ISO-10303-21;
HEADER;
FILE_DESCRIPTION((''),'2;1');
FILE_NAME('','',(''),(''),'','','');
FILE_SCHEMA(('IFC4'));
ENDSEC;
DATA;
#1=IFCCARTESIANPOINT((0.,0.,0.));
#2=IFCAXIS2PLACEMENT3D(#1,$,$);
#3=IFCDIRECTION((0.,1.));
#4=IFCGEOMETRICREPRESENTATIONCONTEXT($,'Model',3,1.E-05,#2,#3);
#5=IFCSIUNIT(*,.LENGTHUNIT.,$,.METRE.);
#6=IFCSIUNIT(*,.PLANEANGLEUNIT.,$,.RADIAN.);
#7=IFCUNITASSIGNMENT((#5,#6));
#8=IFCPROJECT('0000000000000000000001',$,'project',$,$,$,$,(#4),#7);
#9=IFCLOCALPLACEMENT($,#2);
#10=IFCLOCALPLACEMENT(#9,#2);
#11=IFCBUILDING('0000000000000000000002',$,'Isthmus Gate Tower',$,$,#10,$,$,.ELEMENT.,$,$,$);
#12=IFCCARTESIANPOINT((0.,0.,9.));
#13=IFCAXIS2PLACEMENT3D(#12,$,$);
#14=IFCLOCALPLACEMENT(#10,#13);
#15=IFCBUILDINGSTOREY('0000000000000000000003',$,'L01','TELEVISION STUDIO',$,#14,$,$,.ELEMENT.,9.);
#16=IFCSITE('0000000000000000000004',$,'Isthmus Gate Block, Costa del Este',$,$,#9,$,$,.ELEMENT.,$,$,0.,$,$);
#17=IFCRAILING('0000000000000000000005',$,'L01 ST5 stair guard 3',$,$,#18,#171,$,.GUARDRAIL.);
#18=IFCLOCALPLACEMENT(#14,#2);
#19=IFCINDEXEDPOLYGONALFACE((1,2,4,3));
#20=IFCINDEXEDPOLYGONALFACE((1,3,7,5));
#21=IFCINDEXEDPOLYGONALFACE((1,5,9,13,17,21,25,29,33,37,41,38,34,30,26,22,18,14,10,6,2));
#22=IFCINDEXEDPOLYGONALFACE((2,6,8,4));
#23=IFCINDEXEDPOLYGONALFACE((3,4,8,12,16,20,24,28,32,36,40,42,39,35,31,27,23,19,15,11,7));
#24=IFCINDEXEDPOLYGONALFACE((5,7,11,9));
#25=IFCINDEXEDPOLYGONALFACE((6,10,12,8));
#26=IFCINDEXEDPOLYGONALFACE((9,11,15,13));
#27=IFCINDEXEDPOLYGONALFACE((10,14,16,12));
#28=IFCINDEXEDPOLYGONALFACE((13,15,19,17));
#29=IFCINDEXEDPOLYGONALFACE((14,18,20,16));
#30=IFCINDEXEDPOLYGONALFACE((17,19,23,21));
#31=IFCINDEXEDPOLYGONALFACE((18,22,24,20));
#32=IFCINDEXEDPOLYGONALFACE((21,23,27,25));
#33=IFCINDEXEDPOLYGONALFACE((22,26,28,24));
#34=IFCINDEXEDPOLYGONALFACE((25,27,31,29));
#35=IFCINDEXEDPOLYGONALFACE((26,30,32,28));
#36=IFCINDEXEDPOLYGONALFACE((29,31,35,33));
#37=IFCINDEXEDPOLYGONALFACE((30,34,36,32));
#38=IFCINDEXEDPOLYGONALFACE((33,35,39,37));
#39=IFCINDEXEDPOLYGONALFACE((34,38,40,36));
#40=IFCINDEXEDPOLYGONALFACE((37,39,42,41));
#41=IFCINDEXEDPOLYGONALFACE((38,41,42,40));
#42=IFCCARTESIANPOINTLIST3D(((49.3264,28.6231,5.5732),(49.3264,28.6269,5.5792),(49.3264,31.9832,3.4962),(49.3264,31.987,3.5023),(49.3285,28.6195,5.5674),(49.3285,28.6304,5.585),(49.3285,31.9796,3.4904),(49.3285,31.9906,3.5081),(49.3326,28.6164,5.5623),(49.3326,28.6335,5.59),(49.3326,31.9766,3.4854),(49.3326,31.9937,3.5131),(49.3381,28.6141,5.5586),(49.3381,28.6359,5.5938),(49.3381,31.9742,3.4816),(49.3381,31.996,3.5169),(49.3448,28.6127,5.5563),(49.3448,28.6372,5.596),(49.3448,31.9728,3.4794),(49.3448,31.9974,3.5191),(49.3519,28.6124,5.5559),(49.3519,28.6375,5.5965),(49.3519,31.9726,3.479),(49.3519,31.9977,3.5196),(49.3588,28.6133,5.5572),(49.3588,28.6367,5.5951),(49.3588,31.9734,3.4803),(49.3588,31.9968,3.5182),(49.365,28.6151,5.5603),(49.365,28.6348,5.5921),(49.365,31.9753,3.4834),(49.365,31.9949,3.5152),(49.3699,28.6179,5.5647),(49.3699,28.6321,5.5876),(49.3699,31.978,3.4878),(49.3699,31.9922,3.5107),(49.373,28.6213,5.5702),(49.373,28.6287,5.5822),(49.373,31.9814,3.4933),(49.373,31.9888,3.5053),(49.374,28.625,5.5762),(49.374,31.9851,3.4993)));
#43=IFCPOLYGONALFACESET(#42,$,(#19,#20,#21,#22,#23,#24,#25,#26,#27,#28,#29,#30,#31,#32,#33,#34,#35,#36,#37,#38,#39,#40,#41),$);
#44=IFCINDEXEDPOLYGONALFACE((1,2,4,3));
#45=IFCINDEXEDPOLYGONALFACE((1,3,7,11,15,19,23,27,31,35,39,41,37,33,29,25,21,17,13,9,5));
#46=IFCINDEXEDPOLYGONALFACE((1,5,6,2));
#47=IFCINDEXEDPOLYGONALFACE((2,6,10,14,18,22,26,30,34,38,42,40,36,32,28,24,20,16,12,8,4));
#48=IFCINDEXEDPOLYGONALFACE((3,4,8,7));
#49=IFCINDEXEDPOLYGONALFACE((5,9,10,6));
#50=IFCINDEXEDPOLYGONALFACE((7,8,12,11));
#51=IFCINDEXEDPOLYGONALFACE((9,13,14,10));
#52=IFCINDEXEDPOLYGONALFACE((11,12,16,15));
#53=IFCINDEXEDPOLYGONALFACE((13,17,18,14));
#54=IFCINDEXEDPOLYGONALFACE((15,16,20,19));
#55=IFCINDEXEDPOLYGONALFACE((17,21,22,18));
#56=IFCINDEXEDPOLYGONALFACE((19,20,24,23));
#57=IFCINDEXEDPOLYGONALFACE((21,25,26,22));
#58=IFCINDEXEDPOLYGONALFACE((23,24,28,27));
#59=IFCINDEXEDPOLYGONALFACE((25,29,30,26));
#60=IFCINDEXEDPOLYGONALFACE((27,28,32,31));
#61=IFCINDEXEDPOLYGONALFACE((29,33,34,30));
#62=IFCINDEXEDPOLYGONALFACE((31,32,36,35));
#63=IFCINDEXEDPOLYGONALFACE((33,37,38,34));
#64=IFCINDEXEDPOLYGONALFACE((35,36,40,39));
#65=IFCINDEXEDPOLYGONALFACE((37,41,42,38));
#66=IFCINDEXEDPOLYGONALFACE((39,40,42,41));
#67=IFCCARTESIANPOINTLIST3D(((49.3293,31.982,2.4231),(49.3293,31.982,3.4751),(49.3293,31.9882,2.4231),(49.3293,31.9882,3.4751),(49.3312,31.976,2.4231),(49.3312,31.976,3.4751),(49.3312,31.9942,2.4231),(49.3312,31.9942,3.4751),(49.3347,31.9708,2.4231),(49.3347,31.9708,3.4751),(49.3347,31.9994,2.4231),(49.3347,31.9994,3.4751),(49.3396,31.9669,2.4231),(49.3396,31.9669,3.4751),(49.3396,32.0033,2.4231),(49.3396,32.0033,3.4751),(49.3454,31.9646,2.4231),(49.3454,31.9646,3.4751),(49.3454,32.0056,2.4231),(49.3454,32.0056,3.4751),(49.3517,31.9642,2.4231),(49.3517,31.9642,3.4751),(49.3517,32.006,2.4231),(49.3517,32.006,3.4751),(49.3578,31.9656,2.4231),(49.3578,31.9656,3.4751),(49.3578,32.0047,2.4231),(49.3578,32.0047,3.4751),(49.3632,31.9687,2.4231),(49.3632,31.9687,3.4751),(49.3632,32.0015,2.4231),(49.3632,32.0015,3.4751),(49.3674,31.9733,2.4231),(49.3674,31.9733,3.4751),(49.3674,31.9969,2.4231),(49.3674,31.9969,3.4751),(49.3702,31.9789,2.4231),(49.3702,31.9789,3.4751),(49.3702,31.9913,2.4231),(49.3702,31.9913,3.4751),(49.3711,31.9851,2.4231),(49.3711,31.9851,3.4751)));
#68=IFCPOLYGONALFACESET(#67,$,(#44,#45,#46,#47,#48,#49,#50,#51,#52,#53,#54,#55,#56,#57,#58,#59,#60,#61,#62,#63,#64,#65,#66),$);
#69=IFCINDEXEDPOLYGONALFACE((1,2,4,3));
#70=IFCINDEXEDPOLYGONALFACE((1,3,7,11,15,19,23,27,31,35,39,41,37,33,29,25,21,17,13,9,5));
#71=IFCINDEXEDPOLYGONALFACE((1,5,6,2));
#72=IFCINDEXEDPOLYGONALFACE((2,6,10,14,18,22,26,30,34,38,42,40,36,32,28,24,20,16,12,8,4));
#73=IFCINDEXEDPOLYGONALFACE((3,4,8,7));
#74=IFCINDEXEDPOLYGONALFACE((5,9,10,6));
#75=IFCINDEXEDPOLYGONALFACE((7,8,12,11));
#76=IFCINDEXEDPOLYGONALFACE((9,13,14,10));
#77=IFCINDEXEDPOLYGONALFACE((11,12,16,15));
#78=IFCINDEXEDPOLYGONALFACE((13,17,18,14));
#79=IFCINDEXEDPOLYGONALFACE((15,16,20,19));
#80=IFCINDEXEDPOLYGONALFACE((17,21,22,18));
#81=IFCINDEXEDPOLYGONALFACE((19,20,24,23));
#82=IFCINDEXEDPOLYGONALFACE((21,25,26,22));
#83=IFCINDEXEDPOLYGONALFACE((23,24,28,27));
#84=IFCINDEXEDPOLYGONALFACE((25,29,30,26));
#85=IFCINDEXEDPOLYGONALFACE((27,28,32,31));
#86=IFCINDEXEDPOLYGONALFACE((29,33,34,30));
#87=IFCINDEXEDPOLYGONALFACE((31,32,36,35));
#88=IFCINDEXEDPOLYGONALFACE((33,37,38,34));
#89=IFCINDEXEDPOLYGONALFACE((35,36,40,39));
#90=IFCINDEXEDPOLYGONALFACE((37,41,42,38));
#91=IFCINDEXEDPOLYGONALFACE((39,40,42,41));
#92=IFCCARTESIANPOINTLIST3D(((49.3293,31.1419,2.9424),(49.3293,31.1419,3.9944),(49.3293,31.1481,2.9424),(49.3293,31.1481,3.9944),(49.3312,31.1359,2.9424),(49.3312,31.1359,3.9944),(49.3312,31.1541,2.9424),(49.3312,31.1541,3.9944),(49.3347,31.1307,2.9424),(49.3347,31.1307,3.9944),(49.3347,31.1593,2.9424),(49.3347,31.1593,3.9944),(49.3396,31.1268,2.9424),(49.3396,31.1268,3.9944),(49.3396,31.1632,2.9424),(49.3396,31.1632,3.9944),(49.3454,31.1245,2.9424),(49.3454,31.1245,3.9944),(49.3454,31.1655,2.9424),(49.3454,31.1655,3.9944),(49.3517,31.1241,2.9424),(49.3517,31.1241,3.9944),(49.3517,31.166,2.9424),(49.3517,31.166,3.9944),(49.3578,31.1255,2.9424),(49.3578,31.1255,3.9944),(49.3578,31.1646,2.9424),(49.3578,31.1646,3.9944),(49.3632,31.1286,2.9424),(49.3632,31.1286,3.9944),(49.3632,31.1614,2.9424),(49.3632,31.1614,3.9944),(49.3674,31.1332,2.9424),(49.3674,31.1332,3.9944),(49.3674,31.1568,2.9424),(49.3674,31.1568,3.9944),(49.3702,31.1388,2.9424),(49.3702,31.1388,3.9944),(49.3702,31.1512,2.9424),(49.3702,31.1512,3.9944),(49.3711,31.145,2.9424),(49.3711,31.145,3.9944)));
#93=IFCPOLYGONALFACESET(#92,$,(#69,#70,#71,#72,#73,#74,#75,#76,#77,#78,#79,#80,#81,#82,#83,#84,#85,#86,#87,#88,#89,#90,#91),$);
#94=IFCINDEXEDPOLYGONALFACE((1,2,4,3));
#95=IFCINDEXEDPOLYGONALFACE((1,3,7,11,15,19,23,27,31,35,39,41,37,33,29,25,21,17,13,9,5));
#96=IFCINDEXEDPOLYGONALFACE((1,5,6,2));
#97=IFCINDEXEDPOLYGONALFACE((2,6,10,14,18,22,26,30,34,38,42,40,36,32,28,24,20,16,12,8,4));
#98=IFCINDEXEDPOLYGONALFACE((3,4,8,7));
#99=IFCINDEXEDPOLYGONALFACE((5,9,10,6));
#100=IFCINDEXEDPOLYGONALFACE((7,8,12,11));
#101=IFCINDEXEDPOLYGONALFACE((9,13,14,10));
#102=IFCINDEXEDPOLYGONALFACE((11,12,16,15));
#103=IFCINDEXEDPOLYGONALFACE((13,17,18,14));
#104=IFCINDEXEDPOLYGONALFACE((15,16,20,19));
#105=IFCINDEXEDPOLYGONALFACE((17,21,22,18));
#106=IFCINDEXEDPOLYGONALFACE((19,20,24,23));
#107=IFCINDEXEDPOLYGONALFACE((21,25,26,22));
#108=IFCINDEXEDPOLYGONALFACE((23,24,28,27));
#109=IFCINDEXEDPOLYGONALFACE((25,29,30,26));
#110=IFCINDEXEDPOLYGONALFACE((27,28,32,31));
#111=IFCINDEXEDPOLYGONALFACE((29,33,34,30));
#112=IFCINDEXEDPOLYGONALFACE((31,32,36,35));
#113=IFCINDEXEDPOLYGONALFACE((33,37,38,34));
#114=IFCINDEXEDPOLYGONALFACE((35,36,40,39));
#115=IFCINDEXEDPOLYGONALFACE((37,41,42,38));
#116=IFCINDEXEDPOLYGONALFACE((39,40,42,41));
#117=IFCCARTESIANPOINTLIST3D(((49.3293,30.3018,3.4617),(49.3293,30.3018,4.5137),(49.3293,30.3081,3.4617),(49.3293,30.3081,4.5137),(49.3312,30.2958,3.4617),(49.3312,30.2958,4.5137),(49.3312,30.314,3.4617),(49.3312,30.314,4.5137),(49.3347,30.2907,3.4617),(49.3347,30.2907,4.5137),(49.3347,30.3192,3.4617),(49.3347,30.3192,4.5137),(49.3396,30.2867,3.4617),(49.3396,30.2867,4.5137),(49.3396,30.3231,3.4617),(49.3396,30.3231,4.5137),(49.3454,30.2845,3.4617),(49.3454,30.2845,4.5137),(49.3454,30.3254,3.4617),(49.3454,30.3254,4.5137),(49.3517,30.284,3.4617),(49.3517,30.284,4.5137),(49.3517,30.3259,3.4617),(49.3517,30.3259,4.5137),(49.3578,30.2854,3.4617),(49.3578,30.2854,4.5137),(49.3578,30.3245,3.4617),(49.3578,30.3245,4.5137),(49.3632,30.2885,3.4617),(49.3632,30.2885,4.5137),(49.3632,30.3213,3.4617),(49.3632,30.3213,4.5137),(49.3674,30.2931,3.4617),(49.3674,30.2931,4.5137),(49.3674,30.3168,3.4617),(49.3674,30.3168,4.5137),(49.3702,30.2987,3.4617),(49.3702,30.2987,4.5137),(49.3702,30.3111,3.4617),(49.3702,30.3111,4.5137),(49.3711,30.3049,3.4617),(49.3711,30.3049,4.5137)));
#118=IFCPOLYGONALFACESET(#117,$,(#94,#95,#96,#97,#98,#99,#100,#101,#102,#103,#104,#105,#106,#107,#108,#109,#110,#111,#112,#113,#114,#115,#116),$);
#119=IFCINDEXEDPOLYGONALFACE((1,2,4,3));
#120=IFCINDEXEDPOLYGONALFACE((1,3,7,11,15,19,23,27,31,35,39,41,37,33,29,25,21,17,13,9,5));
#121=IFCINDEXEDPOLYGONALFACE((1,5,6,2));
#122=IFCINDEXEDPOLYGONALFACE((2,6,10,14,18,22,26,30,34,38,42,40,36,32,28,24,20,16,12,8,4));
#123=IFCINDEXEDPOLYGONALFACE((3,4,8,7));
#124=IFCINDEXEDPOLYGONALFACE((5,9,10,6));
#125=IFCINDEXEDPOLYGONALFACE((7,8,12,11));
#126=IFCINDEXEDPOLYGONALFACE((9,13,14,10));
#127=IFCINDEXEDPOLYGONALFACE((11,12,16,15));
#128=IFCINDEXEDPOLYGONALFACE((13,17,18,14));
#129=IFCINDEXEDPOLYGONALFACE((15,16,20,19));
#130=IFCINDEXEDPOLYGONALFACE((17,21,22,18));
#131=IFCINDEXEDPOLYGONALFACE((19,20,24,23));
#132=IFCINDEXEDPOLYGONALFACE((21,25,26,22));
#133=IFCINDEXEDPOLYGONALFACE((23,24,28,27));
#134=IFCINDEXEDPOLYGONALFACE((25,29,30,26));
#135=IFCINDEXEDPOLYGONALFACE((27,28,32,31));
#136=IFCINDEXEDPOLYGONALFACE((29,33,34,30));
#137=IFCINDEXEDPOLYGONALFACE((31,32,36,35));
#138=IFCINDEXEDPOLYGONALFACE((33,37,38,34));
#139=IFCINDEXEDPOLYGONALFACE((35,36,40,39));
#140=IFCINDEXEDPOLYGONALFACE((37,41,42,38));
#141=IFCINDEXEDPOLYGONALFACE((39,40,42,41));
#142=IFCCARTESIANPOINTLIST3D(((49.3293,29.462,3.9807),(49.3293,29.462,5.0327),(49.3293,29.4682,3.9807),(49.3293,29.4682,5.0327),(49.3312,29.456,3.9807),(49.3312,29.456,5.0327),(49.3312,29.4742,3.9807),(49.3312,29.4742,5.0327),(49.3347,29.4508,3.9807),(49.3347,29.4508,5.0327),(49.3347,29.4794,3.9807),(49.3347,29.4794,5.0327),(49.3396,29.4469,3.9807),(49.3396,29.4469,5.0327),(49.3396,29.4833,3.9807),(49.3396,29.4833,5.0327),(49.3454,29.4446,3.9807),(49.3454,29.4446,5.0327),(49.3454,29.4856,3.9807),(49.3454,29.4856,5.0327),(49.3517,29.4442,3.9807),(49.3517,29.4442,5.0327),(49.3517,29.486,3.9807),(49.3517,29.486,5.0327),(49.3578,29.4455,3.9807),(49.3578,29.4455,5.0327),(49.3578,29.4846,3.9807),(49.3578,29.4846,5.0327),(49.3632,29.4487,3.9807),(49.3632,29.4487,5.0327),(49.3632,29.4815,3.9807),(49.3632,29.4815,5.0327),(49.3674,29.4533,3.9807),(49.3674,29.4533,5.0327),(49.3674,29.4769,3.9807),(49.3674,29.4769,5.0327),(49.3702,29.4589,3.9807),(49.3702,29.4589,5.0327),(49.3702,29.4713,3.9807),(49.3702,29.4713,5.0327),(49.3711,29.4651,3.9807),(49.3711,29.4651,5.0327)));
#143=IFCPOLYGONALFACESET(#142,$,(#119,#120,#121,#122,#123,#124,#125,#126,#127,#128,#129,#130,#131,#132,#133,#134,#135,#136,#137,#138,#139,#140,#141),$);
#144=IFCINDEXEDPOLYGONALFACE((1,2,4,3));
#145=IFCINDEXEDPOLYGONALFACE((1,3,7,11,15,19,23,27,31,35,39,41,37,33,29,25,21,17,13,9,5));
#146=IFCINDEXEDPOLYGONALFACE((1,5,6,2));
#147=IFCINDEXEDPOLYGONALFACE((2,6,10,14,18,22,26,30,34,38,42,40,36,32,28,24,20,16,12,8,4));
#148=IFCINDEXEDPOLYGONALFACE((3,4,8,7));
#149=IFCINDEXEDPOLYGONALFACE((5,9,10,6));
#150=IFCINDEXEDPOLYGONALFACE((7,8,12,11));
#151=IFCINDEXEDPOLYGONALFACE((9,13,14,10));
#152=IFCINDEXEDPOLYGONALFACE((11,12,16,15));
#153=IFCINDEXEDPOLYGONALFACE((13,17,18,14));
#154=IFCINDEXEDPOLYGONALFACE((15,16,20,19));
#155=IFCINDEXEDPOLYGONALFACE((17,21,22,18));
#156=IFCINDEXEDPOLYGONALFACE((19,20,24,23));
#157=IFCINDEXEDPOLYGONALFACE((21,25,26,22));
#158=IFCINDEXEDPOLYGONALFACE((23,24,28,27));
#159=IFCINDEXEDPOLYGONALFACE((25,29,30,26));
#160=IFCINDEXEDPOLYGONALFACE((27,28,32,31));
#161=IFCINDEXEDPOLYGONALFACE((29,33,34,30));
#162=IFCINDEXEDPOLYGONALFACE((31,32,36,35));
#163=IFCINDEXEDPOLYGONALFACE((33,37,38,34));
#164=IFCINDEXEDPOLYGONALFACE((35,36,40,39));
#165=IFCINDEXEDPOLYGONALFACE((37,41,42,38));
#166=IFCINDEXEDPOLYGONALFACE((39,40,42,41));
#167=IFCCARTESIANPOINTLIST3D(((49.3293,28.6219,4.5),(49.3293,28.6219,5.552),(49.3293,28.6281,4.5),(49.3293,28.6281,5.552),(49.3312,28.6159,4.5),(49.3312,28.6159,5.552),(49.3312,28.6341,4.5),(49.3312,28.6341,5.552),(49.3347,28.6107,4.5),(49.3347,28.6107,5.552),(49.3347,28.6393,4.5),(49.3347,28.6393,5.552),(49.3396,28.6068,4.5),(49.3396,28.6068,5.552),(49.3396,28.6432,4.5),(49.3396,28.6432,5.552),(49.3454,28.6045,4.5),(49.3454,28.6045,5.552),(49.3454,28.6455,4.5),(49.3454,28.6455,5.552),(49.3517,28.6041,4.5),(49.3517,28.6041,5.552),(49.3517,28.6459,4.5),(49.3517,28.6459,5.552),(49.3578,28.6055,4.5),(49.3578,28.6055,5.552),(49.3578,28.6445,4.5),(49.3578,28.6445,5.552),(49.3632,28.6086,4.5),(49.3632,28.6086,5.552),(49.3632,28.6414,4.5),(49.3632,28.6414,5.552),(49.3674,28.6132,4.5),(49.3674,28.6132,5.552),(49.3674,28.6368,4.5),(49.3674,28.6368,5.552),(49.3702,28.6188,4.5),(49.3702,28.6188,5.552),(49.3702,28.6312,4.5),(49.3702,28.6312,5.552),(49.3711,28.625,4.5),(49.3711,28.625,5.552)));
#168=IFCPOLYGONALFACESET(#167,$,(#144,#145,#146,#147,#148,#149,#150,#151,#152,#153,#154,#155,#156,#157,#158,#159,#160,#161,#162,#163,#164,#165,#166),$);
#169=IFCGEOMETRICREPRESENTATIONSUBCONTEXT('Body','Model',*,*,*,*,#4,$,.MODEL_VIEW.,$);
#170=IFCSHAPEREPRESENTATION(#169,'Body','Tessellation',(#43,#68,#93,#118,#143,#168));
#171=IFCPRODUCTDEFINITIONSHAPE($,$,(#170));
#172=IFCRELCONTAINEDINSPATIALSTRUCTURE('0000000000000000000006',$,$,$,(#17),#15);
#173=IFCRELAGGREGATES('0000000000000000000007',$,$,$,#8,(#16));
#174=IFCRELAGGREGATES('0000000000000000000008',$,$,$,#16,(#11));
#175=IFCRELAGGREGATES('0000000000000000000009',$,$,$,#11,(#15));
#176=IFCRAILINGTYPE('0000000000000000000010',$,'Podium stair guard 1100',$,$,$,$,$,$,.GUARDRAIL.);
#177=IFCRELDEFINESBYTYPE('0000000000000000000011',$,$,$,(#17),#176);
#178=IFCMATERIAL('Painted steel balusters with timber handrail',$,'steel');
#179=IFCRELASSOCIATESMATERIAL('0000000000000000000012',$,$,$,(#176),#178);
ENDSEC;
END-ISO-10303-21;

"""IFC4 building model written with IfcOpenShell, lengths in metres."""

from ifc_helpers import new_model, si_unit, direction, frame, origin, origin_2d, place, context, subcontext, project, spatial, circle, extrude, material, type_object, element, save


model = new_model("IFC4")

# Units and contexts
model_context = context("Model", 3, precision=1e-05, world=origin(), true_north=direction((0.0, 1.0)))
body_context = subcontext(model_context, "Body", "Model", "MODEL_VIEW")
ifc_project = project(units=[si_unit("LENGTHUNIT", "METRE"), si_unit("PLANEANGLEUNIT", "RADIAN")], contexts=[model_context])

# Site, building, storey
site_placement = place(None, origin())
site = spatial("IfcSite", under=ifc_project, at=site_placement, Name="Isthmus Gate Block, Costa del Este", CompositionType="ELEMENT", RefElevation=0.0)
building_placement = place(site_placement, origin())
building = spatial("IfcBuilding", under=site, at=building_placement, Name="Isthmus Gate Tower", CompositionType="ELEMENT")
storey_placement = place(building_placement, frame((0.0, 0.0, 9.0)))
storey = spatial("IfcBuildingStorey", under=building, at=storey_placement, Name="L01", Description="TELEVISION STUDIO", CompositionType="ELEMENT", Elevation=9.0)

# Railing
ifc_material_1 = material(Name="Painted steel balusters with timber handrail", Category="steel")
railing_type_1 = type_object("IfcRailingType", Name="Podium stair guard 1100", PredefinedType="GUARDRAIL", material=ifc_material_1)
railing_1_placement = place(storey_placement, frame((49.3501, 31.9851, 2.4231)))
element("IfcRailing", 1, at=railing_1_placement, inside=storey, type_object=railing_type_1, Name="L01 ST5 stair guard 3", PredefinedType="GUARDRAIL", context=body_context, shape_type="SweptSolid", body=[
    extrude(circle(Radius=0.0239, at=origin_2d()), frame((0.0, 0.0, 1.0762), z_axis=(0.0, -0.850623, 0.525776), x_axis=(1.0, 0.0, 0.0)), (0.0, 0.0, 1.0), 3.9502),
    extrude(circle(Radius=0.021, at=origin_2d()), origin(), (0.0, 0.0, 1.0), 1.052),
    extrude(circle(Radius=0.021, at=origin_2d()), frame((0.0, -0.8401, 0.5193)), (0.0, 0.0, 1.0), 1.052),
    extrude(circle(Radius=0.021, at=origin_2d()), frame((0.0, -1.6802, 1.0386)), (0.0, 0.0, 1.0), 1.052),
    extrude(circle(Radius=0.021, at=origin_2d()), frame((0.0, -2.52, 1.5576)), (0.0, 0.0, 1.0), 1.052),
    extrude(circle(Radius=0.021, at=origin_2d()), frame((0.0, -3.3601, 2.0769)), (0.0, 0.0, 1.0), 1.052),
])

save(model, "model.ifc")
